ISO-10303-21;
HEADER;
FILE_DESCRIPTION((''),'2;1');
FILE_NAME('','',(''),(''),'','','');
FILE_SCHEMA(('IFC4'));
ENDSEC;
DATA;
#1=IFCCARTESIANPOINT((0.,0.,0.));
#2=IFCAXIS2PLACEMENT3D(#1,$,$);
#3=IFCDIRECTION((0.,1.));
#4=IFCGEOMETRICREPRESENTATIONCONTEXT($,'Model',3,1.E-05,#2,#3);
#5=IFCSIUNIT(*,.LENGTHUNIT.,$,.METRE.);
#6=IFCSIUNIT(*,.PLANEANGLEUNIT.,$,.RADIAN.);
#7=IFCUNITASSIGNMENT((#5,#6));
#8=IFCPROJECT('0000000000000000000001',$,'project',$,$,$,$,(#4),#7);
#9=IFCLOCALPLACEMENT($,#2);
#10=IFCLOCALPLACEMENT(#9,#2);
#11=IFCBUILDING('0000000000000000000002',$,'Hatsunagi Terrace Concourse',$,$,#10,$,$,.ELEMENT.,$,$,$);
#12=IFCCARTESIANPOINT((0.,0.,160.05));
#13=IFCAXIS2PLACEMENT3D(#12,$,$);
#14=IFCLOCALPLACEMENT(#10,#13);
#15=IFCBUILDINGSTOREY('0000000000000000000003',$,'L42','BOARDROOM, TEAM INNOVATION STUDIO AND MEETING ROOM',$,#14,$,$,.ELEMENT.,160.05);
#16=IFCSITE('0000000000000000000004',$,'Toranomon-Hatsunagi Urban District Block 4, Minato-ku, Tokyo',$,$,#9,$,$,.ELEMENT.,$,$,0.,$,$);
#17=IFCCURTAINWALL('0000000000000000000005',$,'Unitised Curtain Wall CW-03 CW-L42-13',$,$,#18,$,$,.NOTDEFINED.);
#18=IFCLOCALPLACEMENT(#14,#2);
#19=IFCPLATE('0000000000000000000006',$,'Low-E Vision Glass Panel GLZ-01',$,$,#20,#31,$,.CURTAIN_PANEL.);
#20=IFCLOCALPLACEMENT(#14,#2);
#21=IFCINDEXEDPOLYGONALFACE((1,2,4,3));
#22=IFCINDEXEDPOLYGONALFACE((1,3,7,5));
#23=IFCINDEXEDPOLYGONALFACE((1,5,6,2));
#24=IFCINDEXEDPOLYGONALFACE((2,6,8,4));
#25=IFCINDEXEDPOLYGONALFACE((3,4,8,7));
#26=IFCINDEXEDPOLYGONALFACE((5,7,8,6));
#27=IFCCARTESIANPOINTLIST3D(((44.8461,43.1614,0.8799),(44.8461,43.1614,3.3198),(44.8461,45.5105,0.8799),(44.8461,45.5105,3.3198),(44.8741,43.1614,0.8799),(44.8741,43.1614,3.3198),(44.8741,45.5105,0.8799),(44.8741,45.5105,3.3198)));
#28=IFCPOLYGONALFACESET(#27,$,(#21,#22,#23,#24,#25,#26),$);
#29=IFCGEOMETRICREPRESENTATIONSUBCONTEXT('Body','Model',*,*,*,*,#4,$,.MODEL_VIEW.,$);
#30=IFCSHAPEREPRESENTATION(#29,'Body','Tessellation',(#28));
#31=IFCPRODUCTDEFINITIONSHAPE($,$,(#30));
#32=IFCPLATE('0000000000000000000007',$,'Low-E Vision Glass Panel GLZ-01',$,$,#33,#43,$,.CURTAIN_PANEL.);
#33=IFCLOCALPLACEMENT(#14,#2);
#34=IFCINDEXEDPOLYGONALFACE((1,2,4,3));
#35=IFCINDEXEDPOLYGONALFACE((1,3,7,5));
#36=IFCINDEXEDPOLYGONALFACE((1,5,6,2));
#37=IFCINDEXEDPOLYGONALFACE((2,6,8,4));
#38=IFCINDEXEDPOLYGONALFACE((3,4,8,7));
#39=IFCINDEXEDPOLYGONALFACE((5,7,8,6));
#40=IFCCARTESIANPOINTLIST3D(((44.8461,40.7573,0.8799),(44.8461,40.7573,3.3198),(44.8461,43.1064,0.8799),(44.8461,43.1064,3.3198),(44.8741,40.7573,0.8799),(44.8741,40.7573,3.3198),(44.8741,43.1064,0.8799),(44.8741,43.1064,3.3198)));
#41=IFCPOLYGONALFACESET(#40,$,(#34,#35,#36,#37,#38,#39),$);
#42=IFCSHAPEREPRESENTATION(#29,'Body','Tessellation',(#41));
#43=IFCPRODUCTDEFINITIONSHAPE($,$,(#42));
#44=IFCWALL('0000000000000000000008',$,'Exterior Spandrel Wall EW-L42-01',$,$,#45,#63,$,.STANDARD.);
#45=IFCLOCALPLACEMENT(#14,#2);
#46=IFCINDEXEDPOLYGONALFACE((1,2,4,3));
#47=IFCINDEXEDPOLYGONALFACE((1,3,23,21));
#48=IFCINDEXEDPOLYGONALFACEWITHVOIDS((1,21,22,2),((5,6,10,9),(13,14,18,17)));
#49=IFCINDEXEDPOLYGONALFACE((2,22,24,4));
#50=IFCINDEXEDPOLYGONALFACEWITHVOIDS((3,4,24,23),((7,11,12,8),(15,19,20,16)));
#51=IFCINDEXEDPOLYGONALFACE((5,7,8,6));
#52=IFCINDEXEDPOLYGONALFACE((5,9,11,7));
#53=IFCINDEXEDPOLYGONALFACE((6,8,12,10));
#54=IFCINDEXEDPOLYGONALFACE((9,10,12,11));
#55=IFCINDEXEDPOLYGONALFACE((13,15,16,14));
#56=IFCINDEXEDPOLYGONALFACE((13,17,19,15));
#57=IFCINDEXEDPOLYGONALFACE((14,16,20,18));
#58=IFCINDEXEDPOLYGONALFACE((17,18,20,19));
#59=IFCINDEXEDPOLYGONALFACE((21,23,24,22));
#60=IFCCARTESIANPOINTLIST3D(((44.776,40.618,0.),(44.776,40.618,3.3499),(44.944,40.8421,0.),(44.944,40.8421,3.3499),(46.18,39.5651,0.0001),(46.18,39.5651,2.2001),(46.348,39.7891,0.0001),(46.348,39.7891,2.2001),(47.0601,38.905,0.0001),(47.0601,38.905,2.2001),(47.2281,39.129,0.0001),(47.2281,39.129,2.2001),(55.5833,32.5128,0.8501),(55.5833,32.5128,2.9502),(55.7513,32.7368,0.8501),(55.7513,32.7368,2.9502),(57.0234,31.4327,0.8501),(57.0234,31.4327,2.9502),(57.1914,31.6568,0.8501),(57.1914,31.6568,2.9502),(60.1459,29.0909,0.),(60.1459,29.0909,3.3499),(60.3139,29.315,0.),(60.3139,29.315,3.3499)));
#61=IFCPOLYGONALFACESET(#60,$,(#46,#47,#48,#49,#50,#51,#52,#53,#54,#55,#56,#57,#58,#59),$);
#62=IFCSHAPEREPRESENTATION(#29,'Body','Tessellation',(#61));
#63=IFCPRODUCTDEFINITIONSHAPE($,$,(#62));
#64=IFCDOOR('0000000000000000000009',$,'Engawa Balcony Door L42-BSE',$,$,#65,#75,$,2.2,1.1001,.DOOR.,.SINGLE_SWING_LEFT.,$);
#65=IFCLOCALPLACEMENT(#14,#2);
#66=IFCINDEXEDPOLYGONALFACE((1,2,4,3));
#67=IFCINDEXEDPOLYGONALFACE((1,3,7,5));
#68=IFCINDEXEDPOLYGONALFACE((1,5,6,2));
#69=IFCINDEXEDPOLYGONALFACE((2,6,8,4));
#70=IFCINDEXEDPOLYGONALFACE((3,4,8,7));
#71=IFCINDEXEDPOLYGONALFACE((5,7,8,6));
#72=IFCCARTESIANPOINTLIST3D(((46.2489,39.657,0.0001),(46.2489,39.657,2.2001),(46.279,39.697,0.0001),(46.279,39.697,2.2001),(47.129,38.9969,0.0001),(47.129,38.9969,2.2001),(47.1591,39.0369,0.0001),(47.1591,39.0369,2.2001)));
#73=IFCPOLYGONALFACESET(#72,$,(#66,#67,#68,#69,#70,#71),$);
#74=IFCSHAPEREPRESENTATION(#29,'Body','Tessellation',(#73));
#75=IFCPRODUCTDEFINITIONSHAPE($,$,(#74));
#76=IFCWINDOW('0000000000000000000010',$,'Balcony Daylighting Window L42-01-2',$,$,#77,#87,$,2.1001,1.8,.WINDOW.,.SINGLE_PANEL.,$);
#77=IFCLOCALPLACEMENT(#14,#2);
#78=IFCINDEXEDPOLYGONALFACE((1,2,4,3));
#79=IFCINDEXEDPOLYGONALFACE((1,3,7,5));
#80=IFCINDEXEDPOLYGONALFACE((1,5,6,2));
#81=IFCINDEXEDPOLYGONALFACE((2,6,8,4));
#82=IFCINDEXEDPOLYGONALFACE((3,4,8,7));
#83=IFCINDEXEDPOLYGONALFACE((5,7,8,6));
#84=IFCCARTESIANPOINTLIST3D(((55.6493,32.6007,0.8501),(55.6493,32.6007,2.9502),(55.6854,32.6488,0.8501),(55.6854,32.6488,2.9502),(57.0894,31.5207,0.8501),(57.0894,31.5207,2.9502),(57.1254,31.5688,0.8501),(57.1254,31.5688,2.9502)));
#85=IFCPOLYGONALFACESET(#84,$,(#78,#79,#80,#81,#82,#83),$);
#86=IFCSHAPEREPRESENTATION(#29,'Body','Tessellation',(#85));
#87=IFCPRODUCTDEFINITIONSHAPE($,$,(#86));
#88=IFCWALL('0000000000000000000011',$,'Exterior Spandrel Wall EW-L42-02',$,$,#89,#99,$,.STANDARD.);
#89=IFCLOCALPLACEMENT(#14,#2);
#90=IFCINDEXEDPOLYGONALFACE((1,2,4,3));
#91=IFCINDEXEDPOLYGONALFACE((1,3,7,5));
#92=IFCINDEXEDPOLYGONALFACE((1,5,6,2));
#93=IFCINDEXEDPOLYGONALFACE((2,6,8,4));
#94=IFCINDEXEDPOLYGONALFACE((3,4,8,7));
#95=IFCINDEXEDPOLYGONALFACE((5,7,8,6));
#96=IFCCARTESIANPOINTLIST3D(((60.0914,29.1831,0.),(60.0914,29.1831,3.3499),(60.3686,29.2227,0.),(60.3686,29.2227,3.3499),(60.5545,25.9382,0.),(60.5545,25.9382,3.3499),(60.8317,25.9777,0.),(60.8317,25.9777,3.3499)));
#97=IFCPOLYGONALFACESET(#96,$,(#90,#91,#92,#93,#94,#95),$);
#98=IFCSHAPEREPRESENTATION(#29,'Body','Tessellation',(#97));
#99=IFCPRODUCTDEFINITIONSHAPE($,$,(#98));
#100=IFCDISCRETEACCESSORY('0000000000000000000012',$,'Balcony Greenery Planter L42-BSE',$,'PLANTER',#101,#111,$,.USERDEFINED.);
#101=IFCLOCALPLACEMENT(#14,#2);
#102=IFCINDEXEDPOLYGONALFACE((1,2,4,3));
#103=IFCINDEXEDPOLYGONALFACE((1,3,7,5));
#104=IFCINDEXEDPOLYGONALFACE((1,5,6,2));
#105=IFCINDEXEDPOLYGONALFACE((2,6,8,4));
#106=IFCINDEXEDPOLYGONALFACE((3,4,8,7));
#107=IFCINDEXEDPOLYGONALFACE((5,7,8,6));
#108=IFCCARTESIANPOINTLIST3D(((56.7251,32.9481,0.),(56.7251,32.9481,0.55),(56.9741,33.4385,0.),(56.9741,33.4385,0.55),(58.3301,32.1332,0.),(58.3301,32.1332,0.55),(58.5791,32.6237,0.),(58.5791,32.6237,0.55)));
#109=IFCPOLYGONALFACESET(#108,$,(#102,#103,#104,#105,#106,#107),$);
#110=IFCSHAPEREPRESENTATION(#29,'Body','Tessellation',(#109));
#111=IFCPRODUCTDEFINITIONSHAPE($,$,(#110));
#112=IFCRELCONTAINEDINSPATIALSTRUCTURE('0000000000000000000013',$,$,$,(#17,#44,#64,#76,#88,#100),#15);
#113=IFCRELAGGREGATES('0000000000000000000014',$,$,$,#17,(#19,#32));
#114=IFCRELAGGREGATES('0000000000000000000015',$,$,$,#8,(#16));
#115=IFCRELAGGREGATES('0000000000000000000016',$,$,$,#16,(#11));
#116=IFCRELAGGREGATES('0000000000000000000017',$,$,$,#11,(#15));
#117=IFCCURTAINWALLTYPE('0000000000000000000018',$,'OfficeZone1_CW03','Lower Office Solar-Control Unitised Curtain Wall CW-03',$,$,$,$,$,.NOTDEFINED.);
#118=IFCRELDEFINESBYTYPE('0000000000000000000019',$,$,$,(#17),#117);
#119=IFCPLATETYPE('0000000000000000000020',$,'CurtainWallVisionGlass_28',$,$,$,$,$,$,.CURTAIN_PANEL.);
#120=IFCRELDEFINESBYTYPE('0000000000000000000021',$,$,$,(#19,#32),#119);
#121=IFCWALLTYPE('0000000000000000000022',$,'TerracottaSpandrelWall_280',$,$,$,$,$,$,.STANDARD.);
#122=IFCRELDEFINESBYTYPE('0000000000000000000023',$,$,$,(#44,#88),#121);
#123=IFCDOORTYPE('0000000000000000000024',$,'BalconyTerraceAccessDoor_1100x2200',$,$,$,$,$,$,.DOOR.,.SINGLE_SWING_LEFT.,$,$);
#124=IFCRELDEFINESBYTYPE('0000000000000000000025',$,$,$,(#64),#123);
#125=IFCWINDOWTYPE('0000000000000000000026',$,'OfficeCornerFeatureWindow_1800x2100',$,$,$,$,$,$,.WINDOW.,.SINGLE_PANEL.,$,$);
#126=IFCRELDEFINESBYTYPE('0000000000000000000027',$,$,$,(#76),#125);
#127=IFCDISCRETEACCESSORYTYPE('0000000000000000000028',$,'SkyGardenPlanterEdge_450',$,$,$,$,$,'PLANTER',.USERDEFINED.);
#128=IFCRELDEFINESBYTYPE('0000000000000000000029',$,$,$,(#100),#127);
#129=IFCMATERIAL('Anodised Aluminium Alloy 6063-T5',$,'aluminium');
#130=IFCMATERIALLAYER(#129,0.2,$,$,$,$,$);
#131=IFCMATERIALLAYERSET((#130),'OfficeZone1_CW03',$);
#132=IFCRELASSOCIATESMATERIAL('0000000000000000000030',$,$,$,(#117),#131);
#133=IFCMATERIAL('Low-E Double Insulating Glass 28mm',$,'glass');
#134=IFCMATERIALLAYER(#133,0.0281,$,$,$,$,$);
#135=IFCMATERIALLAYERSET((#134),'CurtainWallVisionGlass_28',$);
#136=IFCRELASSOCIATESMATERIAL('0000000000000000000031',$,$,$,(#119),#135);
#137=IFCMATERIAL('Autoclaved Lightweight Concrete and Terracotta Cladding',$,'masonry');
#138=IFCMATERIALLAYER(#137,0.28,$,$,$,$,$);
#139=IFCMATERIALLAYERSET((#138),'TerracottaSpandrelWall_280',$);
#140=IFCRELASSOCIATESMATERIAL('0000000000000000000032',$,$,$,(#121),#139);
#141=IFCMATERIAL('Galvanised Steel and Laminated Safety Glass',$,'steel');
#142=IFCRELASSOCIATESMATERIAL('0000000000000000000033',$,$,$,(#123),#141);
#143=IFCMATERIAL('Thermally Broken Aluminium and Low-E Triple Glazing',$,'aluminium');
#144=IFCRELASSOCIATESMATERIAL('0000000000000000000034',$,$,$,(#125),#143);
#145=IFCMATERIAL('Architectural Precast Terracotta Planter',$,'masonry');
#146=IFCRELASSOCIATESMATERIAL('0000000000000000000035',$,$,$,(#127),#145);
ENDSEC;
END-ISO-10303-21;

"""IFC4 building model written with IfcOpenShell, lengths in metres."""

from ifc_helpers import new_model, si_unit, direction, frame, frame_2d, origin, origin_2d, place, context, subcontext, project, spatial, rectangle, extrude, material, layer, layer_set, type_object, element, fill, aggregate, save


model = new_model("IFC4")

# Units and contexts
model_context = context("Model", 3, precision=1e-05, world=origin(), true_north=direction((0.0, 1.0)))
body_context = subcontext(model_context, "Body", "Model", "MODEL_VIEW")
ifc_project = project(units=[si_unit("LENGTHUNIT", "METRE"), si_unit("PLANEANGLEUNIT", "RADIAN")], contexts=[model_context])

# Site, building, storey
site_placement = place(None, origin())
site = spatial("IfcSite", under=ifc_project, at=site_placement, Name="Toranomon-Hatsunagi Urban District Block 4, Minato-ku, Tokyo", CompositionType="ELEMENT", RefElevation=0.0)
building_placement = place(site_placement, origin())
building = spatial("IfcBuilding", under=site, at=building_placement, Name="Hatsunagi Terrace Concourse", CompositionType="ELEMENT")
storey_placement = place(building_placement, frame((0.0, 0.0, 160.05)))
storey = spatial("IfcBuildingStorey", under=building, at=storey_placement, Name="L42", Description="BOARDROOM, TEAM INNOVATION STUDIO AND MEETING ROOM", CompositionType="ELEMENT", Elevation=160.05)

# Curtain wall
ifc_material_1 = material(Name="Anodised Aluminium Alloy 6063-T5", Category="aluminium")
ifc_layer_1 = layer(ifc_material_1, 0.2)
ifc_layer_set_1 = layer_set([ifc_layer_1], Name="OfficeZone1_CW03")
curtain_wall_type = type_object("IfcCurtainWallType", Name="OfficeZone1_CW03", Description="Lower Office Solar-Control Unitised Curtain Wall CW-03", PredefinedType="NOTDEFINED", material=ifc_layer_set_1)
curtain_wall_placement = place(storey_placement, origin())
curtain_wall = element("IfcCurtainWall", 1, at=curtain_wall_placement, inside=storey, type_object=curtain_wall_type, Name="Unitised Curtain Wall CW-03 CW-L42-13", PredefinedType="NOTDEFINED")

# Plates
ifc_material_2 = material(Name="Low-E Double Insulating Glass 28mm", Category="glass")
ifc_layer_2 = layer(ifc_material_2, 0.0281)
ifc_layer_set_2 = layer_set([ifc_layer_2], Name="CurtainWallVisionGlass_28")
plate_type_1 = type_object("IfcPlateType", Name="CurtainWallVisionGlass_28", PredefinedType="CURTAIN_PANEL", material=ifc_layer_set_2)
plate_1_placement = place(storey_placement, frame((44.8601, 44.3359, 0.8799), z_axis=(0.0, 0.0, 1.0), x_axis=(0.0, -1.0, 0.0)))
plate_1 = element("IfcPlate", 2, at=plate_1_placement, type_object=plate_type_1, Name="Low-E Vision Glass Panel GLZ-01", PredefinedType="CURTAIN_PANEL", context=body_context, shape_type="SweptSolid", body=[
    extrude(rectangle(XDim=2.3491, YDim=0.0281, at=origin_2d()), origin(), (0.0, 0.0, 1.0), 2.4399),
])
plate_2_placement = place(storey_placement, frame((44.8601, 41.9319, 0.8799), z_axis=(0.0, 0.0, 1.0), x_axis=(0.0, -1.0, 0.0)))
plate_2 = element("IfcPlate", 3, at=plate_2_placement, type_object=plate_type_1, Name="Low-E Vision Glass Panel GLZ-01", PredefinedType="CURTAIN_PANEL", context=body_context, shape_type="SweptSolid", body=[
    extrude(rectangle(XDim=2.3491, YDim=0.0281, at=origin_2d()), origin(), (0.0, 0.0, 1.0), 2.4399),
])
aggregate(curtain_wall, [plate_1, plate_2])

# Wall, openings, door, window
ifc_material_3 = material(Name="Autoclaved Lightweight Concrete and Terracotta Cladding", Category="masonry")
ifc_layer_3 = layer(ifc_material_3, 0.28)
ifc_layer_set_3 = layer_set([ifc_layer_3], Name="TerracottaSpandrelWall_280")
wall_type = type_object("IfcWallType", Name="TerracottaSpandrelWall_280", PredefinedType="STANDARD", material=ifc_layer_set_3)
wall_1_placement = place(storey_placement, frame((44.8601, 40.73, 0.0), z_axis=(0.0, 0.0, 1.0), x_axis=(0.800008, -0.59999, 0.0)))
wall_1 = element("IfcWall", 4, at=wall_1_placement, inside=storey, type_object=wall_type, Name="Exterior Spandrel Wall EW-L42-01", PredefinedType="STANDARD", context=body_context, shape_type="SweptSolid", body=[
    extrude(rectangle(XDim=19.2122, YDim=0.28, at=frame_2d((9.606, 0.0))), origin(), (0.0, 0.0, 1.0), 3.3499),
])
opening_1_placement = place(wall_1_placement, frame((1.7549, 0.0, 0.0)))
opening_1 = element("IfcOpeningElement", 5, at=opening_1_placement, cuts=wall_1, PredefinedType="OPENING", context=body_context, shape_type="SweptSolid", body=[
    extrude(rectangle(XDim=1.1001, YDim=2.2, at=frame_2d((0.55, 1.1001))), frame((0.0, 0.1499, 0.0), z_axis=(0.0, -1.0, 0.0), x_axis=(1.0, 0.0, 0.0)), (0.0, 0.0, 1.0), 0.3),
])
opening_2_placement = place(wall_1_placement, frame((13.509, 0.0, 0.8501)))
opening_2 = element("IfcOpeningElement", 6, at=opening_2_placement, cuts=wall_1, PredefinedType="OPENING", context=body_context, shape_type="SweptSolid", body=[
    extrude(rectangle(XDim=1.8, YDim=2.1001, at=frame_2d((0.8999, 1.05))), frame((0.0, 0.1499, 0.0), z_axis=(0.0, -1.0, 0.0), x_axis=(1.0, 0.0, 0.0)), (0.0, 0.0, 1.0), 0.3),
])
ifc_material_4 = material(Name="Galvanised Steel and Laminated Safety Glass", Category="steel")
door_type = type_object("IfcDoorType", Name="BalconyTerraceAccessDoor_1100x2200", OperationType="SINGLE_SWING_LEFT", PredefinedType="DOOR", material=ifc_material_4)
door_placement = place(opening_1_placement, origin())
door = element("IfcDoor", 7, at=door_placement, inside=storey, type_object=door_type, Name="Engawa Balcony Door L42-BSE", OperationType="SINGLE_SWING_LEFT", OverallHeight=2.2, OverallWidth=1.1001, PredefinedType="DOOR", context=body_context, shape_type="SweptSolid", body=[
    extrude(rectangle(XDim=1.1001, YDim=2.2, at=frame_2d((0.55, 1.1001))), frame((0.0, 0.0249, 0.0), z_axis=(0.0, -1.0, 0.0), x_axis=(1.0, 0.0, 0.0)), (0.0, 0.0, 1.0), 0.05),
])
fill(opening_1, door)
ifc_material_5 = material(Name="Thermally Broken Aluminium and Low-E Triple Glazing", Category="aluminium")
window_type = type_object("IfcWindowType", Name="OfficeCornerFeatureWindow_1800x2100", PartitioningType="SINGLE_PANEL", PredefinedType="WINDOW", material=ifc_material_5)
window_placement = place(opening_2_placement, origin())
window = element("IfcWindow", 8, at=window_placement, inside=storey, type_object=window_type, Name="Balcony Daylighting Window L42-01-2", OverallHeight=2.1001, OverallWidth=1.8, PartitioningType="SINGLE_PANEL", PredefinedType="WINDOW", context=body_context, shape_type="SweptSolid", body=[
    extrude(rectangle(XDim=1.8, YDim=2.1001, at=frame_2d((0.8999, 1.05))), frame((0.0, 0.03, 0.0), z_axis=(0.0, -1.0, 0.0), x_axis=(1.0, 0.0, 0.0)), (0.0, 0.0, 1.0), 0.0601),
])
fill(opening_2, window)

# Wall
wall_2_placement = place(storey_placement, frame((60.23, 29.2029, 0.0), z_axis=(0.0, 0.0, 1.0), x_axis=(0.141296, -0.989967, 0.0)))
element("IfcWall", 9, at=wall_2_placement, inside=storey, type_object=wall_type, Name="Exterior Spandrel Wall EW-L42-02", PredefinedType="STANDARD", context=body_context, shape_type="SweptSolid", body=[
    extrude(rectangle(XDim=3.2778, YDim=0.28, at=frame_2d((1.6389, 0.0))), origin(), (0.0, 0.0, 1.0), 3.3499),
])

# Discrete accessory
ifc_material_6 = material(Name="Architectural Precast Terracotta Planter", Category="masonry")
discrete_accessory_type = type_object("IfcDiscreteAccessoryType", Name="SkyGardenPlanterEdge_450", ElementType="PLANTER", PredefinedType="USERDEFINED", material=ifc_material_6)
discrete_accessory_placement = place(storey_placement, frame((57.6521, 32.7859, 0.0), z_axis=(0.0, 0.0, 1.0), x_axis=(0.891671, -0.452684, 0.0)))
element("IfcDiscreteAccessory", 10, at=discrete_accessory_placement, inside=storey, type_object=discrete_accessory_type, Name="Balcony Greenery Planter L42-BSE", ObjectType="PLANTER", PredefinedType="USERDEFINED", context=body_context, shape_type="SweptSolid", body=[
    extrude(rectangle(XDim=1.8, YDim=0.55, at=origin_2d()), origin(), (0.0, 0.0, 1.0), 0.55),
])

save(model, "model.ifc")
